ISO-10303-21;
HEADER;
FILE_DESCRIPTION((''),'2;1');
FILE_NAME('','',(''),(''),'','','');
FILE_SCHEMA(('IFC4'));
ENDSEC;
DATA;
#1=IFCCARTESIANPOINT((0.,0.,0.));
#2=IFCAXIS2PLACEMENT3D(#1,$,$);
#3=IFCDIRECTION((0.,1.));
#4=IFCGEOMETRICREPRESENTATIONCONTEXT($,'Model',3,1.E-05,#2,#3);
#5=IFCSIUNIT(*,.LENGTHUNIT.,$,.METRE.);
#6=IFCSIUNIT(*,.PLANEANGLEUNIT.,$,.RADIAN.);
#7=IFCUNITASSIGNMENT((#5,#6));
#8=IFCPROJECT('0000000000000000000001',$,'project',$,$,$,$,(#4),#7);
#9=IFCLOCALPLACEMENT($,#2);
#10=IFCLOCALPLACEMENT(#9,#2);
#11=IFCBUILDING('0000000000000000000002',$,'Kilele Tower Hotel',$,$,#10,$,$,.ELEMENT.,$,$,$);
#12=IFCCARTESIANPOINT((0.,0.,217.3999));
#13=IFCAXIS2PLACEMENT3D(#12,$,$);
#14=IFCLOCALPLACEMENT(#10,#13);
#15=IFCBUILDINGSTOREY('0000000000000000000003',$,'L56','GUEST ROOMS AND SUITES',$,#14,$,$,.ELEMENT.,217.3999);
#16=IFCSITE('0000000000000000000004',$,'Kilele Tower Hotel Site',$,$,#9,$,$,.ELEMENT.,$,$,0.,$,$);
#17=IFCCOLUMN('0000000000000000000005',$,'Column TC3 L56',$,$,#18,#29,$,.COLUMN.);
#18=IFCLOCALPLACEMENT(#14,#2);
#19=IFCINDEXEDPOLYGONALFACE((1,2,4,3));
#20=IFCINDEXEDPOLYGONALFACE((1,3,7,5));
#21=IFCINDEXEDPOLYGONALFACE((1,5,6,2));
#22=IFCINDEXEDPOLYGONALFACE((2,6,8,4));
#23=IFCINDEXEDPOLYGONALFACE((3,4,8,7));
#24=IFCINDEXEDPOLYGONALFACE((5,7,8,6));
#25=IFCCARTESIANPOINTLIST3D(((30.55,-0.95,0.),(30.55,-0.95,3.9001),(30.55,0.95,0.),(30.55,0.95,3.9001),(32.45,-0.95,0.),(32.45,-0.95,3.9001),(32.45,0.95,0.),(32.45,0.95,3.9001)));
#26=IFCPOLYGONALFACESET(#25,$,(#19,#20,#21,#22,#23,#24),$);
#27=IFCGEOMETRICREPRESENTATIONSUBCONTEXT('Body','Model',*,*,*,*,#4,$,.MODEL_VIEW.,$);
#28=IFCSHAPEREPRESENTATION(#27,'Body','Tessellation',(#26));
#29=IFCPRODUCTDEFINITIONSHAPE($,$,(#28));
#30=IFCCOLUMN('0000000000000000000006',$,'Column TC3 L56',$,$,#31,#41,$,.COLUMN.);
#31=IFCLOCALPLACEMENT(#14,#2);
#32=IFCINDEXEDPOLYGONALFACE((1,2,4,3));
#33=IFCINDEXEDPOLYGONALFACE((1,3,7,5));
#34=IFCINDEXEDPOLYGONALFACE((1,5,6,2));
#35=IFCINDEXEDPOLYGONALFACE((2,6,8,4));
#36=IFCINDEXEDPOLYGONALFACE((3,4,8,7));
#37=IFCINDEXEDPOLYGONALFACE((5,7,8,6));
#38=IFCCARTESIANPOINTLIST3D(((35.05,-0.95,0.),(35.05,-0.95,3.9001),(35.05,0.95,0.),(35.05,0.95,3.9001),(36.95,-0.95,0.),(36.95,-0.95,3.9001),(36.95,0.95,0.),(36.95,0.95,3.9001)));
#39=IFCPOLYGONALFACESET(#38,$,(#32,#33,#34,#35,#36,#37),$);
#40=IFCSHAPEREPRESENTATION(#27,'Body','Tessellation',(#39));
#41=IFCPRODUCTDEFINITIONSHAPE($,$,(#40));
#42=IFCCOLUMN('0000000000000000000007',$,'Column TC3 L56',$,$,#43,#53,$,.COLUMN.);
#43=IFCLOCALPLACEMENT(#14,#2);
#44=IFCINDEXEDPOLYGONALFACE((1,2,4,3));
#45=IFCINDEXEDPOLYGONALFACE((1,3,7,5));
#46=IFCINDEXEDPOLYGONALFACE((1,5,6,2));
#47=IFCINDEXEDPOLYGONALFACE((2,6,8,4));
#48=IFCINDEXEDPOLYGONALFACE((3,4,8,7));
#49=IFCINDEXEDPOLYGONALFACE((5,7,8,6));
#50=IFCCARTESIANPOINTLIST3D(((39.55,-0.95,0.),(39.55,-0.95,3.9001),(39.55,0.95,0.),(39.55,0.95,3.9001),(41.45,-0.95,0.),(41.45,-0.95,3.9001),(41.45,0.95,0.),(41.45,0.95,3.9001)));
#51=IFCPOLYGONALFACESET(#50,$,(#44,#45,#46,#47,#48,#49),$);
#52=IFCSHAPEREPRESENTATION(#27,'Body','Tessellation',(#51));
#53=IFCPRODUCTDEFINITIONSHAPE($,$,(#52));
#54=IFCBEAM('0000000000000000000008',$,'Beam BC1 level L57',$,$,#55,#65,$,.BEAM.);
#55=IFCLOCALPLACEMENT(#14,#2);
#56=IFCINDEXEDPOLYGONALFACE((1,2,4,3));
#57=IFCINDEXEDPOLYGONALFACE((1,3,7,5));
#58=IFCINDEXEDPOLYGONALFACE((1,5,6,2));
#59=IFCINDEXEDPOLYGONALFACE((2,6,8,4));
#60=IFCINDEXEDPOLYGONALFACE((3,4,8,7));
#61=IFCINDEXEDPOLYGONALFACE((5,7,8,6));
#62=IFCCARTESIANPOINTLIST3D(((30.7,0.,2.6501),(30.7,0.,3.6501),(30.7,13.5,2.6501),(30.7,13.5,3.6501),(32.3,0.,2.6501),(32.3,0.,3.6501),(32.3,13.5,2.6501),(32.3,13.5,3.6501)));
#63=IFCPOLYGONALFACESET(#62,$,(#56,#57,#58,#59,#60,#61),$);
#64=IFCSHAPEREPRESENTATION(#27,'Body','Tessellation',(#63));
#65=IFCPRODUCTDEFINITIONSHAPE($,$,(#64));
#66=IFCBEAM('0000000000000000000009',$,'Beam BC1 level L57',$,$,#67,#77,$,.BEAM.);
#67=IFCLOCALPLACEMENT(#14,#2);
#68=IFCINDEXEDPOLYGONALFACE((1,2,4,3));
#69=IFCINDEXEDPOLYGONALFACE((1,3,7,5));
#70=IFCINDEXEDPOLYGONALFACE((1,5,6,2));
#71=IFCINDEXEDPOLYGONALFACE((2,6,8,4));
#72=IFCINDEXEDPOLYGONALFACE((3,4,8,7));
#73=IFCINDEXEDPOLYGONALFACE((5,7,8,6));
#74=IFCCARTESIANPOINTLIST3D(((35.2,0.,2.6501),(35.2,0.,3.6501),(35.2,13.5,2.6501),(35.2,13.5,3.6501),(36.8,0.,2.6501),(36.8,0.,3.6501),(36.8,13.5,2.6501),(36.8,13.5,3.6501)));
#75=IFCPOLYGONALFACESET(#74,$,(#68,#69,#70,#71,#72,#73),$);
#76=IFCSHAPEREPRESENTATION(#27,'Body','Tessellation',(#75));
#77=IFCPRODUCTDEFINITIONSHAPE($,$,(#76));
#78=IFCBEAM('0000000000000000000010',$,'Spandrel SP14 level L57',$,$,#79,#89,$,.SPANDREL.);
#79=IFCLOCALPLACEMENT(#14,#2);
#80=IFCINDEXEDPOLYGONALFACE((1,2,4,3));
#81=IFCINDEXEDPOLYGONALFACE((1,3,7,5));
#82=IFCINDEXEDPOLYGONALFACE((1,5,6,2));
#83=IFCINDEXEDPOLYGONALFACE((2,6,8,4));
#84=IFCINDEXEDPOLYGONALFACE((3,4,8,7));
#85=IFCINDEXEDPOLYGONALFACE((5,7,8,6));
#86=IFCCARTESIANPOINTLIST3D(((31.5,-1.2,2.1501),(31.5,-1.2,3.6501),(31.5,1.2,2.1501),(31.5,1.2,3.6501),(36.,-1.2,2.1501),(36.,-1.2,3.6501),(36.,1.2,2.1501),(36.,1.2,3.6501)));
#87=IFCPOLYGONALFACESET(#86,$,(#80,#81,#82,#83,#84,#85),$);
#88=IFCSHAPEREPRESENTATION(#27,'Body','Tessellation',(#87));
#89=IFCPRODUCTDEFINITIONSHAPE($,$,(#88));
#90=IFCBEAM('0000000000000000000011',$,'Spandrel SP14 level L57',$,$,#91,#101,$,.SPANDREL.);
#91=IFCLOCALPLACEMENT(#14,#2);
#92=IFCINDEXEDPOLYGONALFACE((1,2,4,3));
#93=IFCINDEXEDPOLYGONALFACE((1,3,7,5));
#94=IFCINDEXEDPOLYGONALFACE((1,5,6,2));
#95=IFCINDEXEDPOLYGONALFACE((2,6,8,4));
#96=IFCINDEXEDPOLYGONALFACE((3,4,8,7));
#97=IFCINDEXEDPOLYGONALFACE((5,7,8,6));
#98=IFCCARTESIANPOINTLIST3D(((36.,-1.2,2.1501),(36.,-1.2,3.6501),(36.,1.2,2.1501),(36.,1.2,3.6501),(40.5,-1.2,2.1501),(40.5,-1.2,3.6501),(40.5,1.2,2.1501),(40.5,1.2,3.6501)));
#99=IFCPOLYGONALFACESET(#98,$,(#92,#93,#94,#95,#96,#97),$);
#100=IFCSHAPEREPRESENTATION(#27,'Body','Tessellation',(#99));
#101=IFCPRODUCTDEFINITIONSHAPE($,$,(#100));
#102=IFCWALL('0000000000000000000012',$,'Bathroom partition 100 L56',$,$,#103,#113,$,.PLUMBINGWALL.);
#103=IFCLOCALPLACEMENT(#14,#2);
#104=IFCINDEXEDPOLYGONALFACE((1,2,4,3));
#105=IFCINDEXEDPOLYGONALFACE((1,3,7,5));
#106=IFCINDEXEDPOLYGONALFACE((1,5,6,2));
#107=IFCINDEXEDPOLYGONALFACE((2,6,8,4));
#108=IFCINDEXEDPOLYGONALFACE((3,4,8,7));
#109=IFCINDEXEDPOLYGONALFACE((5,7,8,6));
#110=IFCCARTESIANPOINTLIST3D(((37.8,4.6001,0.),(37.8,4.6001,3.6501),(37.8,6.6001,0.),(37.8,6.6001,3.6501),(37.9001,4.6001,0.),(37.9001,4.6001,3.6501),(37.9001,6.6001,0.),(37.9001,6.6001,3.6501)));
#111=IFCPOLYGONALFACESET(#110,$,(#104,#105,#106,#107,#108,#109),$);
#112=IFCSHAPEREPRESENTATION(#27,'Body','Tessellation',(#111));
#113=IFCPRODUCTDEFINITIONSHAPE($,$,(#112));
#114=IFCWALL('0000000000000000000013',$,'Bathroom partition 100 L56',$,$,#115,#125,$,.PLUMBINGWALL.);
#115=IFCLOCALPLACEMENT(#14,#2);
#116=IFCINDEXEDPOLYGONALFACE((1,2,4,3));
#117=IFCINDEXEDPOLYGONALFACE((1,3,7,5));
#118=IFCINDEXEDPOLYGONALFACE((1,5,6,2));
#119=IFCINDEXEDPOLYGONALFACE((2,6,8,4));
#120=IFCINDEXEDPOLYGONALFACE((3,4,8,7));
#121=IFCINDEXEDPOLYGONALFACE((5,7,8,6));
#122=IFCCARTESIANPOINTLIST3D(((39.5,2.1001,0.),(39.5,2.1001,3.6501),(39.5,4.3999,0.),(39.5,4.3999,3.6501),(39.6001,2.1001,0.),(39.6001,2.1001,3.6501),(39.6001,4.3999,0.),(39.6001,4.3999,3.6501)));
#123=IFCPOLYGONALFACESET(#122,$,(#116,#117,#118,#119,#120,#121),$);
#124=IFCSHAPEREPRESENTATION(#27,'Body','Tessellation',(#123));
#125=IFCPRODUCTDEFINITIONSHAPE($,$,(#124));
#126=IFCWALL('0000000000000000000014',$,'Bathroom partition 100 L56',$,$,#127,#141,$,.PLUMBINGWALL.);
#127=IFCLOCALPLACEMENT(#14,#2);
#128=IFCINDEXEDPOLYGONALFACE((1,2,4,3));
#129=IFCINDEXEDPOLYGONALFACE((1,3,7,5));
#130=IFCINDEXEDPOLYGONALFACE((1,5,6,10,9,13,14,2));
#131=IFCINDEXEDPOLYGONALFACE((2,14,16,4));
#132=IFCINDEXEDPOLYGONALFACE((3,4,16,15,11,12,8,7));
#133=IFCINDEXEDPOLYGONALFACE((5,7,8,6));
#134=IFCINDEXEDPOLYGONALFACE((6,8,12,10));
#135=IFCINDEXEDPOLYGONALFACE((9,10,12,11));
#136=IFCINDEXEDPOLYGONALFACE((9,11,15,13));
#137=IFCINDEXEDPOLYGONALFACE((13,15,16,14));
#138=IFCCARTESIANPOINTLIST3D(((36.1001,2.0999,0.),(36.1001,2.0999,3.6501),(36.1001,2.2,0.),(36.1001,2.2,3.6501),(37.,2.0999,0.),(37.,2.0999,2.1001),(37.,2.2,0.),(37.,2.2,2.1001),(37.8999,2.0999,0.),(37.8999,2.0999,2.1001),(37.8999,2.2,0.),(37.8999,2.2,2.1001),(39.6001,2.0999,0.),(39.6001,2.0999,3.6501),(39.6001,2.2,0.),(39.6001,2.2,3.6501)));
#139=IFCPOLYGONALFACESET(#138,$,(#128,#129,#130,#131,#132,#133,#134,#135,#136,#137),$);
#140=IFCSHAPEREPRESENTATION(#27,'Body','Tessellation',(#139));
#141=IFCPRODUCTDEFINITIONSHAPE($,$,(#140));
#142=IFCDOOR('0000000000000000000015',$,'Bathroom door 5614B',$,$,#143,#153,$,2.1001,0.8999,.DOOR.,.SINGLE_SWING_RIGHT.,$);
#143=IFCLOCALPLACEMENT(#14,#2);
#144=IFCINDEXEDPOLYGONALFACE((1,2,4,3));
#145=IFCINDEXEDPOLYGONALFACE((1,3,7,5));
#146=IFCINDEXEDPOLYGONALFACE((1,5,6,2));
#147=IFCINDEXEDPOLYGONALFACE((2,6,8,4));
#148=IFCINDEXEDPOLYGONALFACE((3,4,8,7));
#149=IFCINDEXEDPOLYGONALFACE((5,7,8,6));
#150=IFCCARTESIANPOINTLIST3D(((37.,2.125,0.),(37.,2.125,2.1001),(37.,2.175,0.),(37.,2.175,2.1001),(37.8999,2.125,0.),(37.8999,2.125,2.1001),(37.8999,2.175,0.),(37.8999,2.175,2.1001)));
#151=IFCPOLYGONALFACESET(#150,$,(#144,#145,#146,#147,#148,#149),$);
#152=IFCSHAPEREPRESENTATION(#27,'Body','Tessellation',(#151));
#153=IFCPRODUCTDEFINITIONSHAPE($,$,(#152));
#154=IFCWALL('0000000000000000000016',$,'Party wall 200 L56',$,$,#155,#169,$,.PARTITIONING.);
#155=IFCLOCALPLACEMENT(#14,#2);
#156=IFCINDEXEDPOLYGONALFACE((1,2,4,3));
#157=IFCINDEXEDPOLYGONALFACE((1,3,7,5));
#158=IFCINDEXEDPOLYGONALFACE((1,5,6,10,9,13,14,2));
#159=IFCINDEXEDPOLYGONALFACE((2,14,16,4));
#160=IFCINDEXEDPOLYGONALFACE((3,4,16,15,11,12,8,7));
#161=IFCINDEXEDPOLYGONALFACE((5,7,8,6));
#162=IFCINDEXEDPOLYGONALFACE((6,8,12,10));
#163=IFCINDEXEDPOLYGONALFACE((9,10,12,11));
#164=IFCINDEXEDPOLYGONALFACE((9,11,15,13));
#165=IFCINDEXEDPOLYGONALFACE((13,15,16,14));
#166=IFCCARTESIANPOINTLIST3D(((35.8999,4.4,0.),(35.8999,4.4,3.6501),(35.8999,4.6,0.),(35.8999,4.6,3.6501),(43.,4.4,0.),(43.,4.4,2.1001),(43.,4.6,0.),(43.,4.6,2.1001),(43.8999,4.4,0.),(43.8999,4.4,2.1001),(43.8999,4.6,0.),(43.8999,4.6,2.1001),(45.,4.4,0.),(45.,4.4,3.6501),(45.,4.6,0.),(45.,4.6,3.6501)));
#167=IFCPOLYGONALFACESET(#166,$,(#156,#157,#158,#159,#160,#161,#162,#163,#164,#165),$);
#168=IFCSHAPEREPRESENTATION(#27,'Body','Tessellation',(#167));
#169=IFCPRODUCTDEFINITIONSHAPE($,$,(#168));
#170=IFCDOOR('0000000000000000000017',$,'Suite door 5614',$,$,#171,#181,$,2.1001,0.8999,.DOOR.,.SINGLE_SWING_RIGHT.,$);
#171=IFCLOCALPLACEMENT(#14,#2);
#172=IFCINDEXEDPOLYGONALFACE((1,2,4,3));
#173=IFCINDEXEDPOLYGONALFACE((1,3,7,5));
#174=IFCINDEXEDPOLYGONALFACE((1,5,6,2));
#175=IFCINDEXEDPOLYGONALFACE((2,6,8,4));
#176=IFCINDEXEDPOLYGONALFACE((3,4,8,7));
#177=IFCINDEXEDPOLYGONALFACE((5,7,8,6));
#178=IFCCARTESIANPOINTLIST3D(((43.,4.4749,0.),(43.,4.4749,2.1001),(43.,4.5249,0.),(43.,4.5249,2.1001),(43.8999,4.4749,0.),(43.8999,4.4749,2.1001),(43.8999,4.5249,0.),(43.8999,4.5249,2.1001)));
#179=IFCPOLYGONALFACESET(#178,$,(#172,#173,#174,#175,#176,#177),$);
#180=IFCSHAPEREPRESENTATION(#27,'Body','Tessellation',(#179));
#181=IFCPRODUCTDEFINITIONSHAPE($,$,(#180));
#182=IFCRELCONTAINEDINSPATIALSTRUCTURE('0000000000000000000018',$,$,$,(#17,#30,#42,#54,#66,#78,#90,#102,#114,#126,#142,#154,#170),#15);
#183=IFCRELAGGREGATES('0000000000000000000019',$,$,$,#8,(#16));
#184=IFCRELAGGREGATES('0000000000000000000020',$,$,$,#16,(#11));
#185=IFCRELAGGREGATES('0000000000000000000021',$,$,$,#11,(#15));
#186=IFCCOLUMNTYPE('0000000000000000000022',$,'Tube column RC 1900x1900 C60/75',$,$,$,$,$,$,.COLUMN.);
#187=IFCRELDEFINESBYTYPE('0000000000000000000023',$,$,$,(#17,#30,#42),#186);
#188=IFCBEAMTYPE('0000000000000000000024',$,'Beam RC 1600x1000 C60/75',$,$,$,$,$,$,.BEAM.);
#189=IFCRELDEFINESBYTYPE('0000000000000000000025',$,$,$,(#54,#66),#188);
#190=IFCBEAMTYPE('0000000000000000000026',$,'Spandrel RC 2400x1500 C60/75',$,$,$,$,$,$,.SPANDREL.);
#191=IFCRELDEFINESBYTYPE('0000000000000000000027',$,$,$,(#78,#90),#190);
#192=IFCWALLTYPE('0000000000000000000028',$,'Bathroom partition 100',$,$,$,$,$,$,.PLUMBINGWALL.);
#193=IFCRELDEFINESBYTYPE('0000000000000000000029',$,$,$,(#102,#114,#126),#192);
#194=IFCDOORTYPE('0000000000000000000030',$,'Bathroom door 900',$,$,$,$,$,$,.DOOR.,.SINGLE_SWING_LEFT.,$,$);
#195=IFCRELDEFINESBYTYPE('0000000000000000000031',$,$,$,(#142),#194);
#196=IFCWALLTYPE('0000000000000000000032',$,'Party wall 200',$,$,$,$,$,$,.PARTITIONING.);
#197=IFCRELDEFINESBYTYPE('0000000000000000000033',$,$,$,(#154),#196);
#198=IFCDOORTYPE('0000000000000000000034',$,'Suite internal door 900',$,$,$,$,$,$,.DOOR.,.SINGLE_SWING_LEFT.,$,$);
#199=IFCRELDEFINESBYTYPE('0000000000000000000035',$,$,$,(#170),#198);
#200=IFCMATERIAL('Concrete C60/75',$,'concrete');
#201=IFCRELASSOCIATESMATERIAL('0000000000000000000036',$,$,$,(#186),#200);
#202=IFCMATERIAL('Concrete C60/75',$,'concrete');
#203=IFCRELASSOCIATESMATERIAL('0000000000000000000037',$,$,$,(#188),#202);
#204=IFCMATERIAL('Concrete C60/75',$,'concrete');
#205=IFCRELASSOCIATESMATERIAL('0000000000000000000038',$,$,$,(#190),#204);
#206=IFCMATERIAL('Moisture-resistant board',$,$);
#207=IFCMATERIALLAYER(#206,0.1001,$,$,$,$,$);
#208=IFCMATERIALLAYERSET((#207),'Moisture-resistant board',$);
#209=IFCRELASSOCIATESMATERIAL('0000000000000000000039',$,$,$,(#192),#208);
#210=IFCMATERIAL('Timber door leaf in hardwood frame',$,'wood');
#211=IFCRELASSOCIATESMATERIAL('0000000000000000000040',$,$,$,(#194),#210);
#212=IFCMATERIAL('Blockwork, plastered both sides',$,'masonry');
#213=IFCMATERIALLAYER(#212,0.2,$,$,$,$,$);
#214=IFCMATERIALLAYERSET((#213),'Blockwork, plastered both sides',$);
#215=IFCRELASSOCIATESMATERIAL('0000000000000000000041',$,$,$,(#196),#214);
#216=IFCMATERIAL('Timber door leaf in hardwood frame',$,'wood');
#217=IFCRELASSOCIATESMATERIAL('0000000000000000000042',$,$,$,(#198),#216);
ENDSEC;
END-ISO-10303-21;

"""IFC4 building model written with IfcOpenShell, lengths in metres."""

from ifc_helpers import new_model, si_unit, direction, frame, frame_2d, origin, origin_2d, place, context, subcontext, project, spatial, rectangle, extrude, material, layer, layer_set, material_profile, profile_set, type_object, element, fill, save


model = new_model("IFC4")

# Units and contexts
model_context = context("Model", 3, precision=1e-05, world=origin(), true_north=direction((0.0, 1.0)))
body_context = subcontext(model_context, "Body", "Model", "MODEL_VIEW")
ifc_project = project(units=[si_unit("LENGTHUNIT", "METRE"), si_unit("PLANEANGLEUNIT", "RADIAN")], contexts=[model_context])

# Site, building, storey
site_placement = place(None, origin())
site = spatial("IfcSite", under=ifc_project, at=site_placement, Name="Kilele Tower Hotel Site", CompositionType="ELEMENT", RefElevation=0.0)
building_placement = place(site_placement, origin())
building = spatial("IfcBuilding", under=site, at=building_placement, Name="Kilele Tower Hotel", CompositionType="ELEMENT")
storey_placement = place(building_placement, frame((0.0, 0.0, 217.3999)))
storey = spatial("IfcBuildingStorey", under=building, at=storey_placement, Name="L56", Description="GUEST ROOMS AND SUITES", CompositionType="ELEMENT", Elevation=217.3999)

# Columns
ifc_material_1 = material(Name="Concrete C60/75", Category="concrete")
ifc_material_profile_1 = material_profile(ifc_material_1, rectangle(XDim=1.8999, YDim=1.8999, at=origin_2d()))
ifc_profile_set_1 = profile_set([ifc_material_profile_1], Name="Concrete C60/75")
column_type = type_object("IfcColumnType", Name="Tube column RC 1900x1900 C60/75", PredefinedType="COLUMN", material=ifc_profile_set_1)
for number, where, z_axis, x_axis, name in (
    (1, (31.5, 0.0, 0.0), (0.0, 0.0, 1.0), (1.0, 0.0, 0.0), "Column TC3 L56"),
    (2, (36.0, 0.0, 0.0), (0.0, 0.0, 1.0), (1.0, 0.0, 0.0), "Column TC3 L56"),
    (3, (40.5, 0.0, 0.0), (0.0, 0.0, 1.0), (1.0, 0.0, 0.0), "Column TC3 L56"),
):
    element("IfcColumn", number, at=place(storey_placement, frame(where, z_axis=z_axis, x_axis=x_axis)), inside=storey, type_object=column_type, Name=name, PredefinedType="COLUMN", context=body_context, shape_type="SweptSolid", body=[
        extrude(rectangle(XDim=1.8999, YDim=1.8999, at=origin_2d()), origin(), (0.0, 0.0, 1.0), 3.9001),
    ])

# Beams
ifc_material_2 = material(Name="Concrete C60/75", Category="concrete")
ifc_material_profile_2 = material_profile(ifc_material_2, rectangle(XDim=1.6001, YDim=1.0, at=origin_2d()))
ifc_profile_set_2 = profile_set([ifc_material_profile_2], Name="Concrete C60/75")
beam_type_1 = type_object("IfcBeamType", Name="Beam RC 1600x1000 C60/75", PredefinedType="BEAM", material=ifc_profile_set_2)
for number, where, z_axis, x_axis, name in (
    (4, (31.5, 0.0, 3.1501), (0.0, 1.0, 0.0), (-1.0, 0.0, 0.0), "Beam BC1 level L57"),
    (5, (36.0, 0.0, 3.1501), (0.0, 1.0, 0.0), (-1.0, 0.0, 0.0), "Beam BC1 level L57"),
):
    element("IfcBeam", number, at=place(storey_placement, frame(where, z_axis=z_axis, x_axis=x_axis)), inside=storey, type_object=beam_type_1, Name=name, PredefinedType="BEAM", context=body_context, shape_type="SweptSolid", body=[
        extrude(rectangle(XDim=1.6001, YDim=1.0, at=origin_2d()), origin(), (0.0, 0.0, 1.0), 13.5),
    ])
ifc_material_3 = material(Name="Concrete C60/75", Category="concrete")
ifc_material_profile_3 = material_profile(ifc_material_3, rectangle(XDim=2.3999, YDim=1.5, at=origin_2d()))
ifc_profile_set_3 = profile_set([ifc_material_profile_3], Name="Concrete C60/75")
beam_type_2 = type_object("IfcBeamType", Name="Spandrel RC 2400x1500 C60/75", PredefinedType="SPANDREL", material=ifc_profile_set_3)
for number, where, z_axis, x_axis, name in (
    (6, (31.5, 0.0, 2.9001), (1.0, 0.0, 0.0), (0.0, 1.0, 0.0), "Spandrel SP14 level L57"),
    (7, (36.0, 0.0, 2.9001), (1.0, 0.0, 0.0), (0.0, 1.0, 0.0), "Spandrel SP14 level L57"),
):
    element("IfcBeam", number, at=place(storey_placement, frame(where, z_axis=z_axis, x_axis=x_axis)), inside=storey, type_object=beam_type_2, Name=name, PredefinedType="SPANDREL", context=body_context, shape_type="SweptSolid", body=[
        extrude(rectangle(XDim=2.3999, YDim=1.5, at=origin_2d()), origin(), (0.0, 0.0, 1.0), 4.5),
    ])

# Walls
ifc_material_4 = material(Name="Moisture-resistant board")
ifc_layer_1 = layer(ifc_material_4, 0.1001)
ifc_layer_set_1 = layer_set([ifc_layer_1], Name="Moisture-resistant board")
wall_type_1 = type_object("IfcWallType", Name="Bathroom partition 100", PredefinedType="PLUMBINGWALL", material=ifc_layer_set_1)
wall_1_placement = place(storey_placement, frame((37.8501, 4.6001, 0.0), z_axis=(0.0, 0.0, 1.0), x_axis=(0.0, 1.0, 0.0)))
element("IfcWall", 8, at=wall_1_placement, inside=storey, type_object=wall_type_1, Name="Bathroom partition 100 L56", PredefinedType="PLUMBINGWALL", context=body_context, shape_type="SweptSolid", body=[
    extrude(rectangle(XDim=2.0, YDim=0.1001, at=frame_2d((1.0, 0.0))), origin(), (0.0, 0.0, 1.0), 3.6501),
])
wall_2_placement = place(storey_placement, frame((39.55, 4.3999, 0.0), z_axis=(0.0, 0.0, 1.0), x_axis=(0.0, -1.0, 0.0)))
element("IfcWall", 9, at=wall_2_placement, inside=storey, type_object=wall_type_1, Name="Bathroom partition 100 L56", PredefinedType="PLUMBINGWALL", context=body_context, shape_type="SweptSolid", body=[
    extrude(rectangle(XDim=2.2998, YDim=0.1001, at=frame_2d((1.1499, 0.0))), origin(), (0.0, 0.0, 1.0), 3.6501),
])

# Walls, openings, doors
wall_3_placement = place(storey_placement, frame((36.1001, 2.1499, 0.0), z_axis=(0.0, 0.0, 1.0), x_axis=(1.0, 0.0, 0.0)))
wall_3 = element("IfcWall", 10, at=wall_3_placement, inside=storey, type_object=wall_type_1, Name="Bathroom partition 100 L56", PredefinedType="PLUMBINGWALL", context=body_context, shape_type="SweptSolid", body=[
    extrude(rectangle(XDim=3.5, YDim=0.1001, at=frame_2d((1.75, 0.0))), origin(), (0.0, 0.0, 1.0), 3.6501),
])
opening_1_placement = place(wall_3_placement, frame((1.7998, 0.0, 0.0), z_axis=(0.0, 0.0, 1.0), x_axis=(-1.0, 0.0, 0.0)))
opening_1 = element("IfcOpeningElement", 11, at=opening_1_placement, cuts=wall_3, PredefinedType="OPENING", context=body_context, shape_type="SweptSolid", body=[
    extrude(rectangle(XDim=0.8999, YDim=2.1001, at=frame_2d((0.45, 1.05))), frame((0.0, 0.0601, 0.0), z_axis=(0.0, -1.0, 0.0), x_axis=(1.0, 0.0, 0.0)), (0.0, 0.0, 1.0), 0.1201),
])
ifc_material_5 = material(Name="Timber door leaf in hardwood frame", Category="wood")
door_type_1 = type_object("IfcDoorType", Name="Bathroom door 900", OperationType="SINGLE_SWING_LEFT", PredefinedType="DOOR", material=ifc_material_5)
door_1_placement = place(opening_1_placement, origin())
door_1 = element("IfcDoor", 12, at=door_1_placement, inside=storey, type_object=door_type_1, Name="Bathroom door 5614B", OperationType="SINGLE_SWING_RIGHT", OverallHeight=2.1001, OverallWidth=0.8999, PredefinedType="DOOR", context=body_context, shape_type="SweptSolid", body=[
    extrude(rectangle(XDim=0.8999, YDim=2.1001, at=frame_2d((0.45, 1.05))), frame((0.0, 0.0249, 0.0), z_axis=(0.0, -1.0, 0.0), x_axis=(1.0, 0.0, 0.0)), (0.0, 0.0, 1.0), 0.05),
])
fill(opening_1, door_1)
ifc_material_6 = material(Name="Blockwork, plastered both sides", Category="masonry")
ifc_layer_2 = layer(ifc_material_6, 0.2)
ifc_layer_set_2 = layer_set([ifc_layer_2], Name="Blockwork, plastered both sides")
wall_type_2 = type_object("IfcWallType", Name="Party wall 200", PredefinedType="PARTITIONING", material=ifc_layer_set_2)
wall_4_placement = place(storey_placement, frame((35.8999, 4.5, 0.0), z_axis=(0.0, 0.0, 1.0), x_axis=(1.0, 0.0, 0.0)))
wall_4 = element("IfcWall", 13, at=wall_4_placement, inside=storey, type_object=wall_type_2, Name="Party wall 200 L56", PredefinedType="PARTITIONING", context=body_context, shape_type="SweptSolid", body=[
    extrude(rectangle(XDim=9.1001, YDim=0.2, at=frame_2d((4.55, 0.0))), origin(), (0.0, 0.0, 1.0), 3.6501),
])
opening_2_placement = place(wall_4_placement, frame((7.1001, 0.0, 0.0)))
opening_2 = element("IfcOpeningElement", 14, at=opening_2_placement, cuts=wall_4, PredefinedType="OPENING", context=body_context, shape_type="SweptSolid", body=[
    extrude(rectangle(XDim=0.8999, YDim=2.1001, at=frame_2d((0.45, 1.05))), frame((0.0, 0.1099, 0.0), z_axis=(0.0, -1.0, 0.0), x_axis=(1.0, 0.0, 0.0)), (0.0, 0.0, 1.0), 0.22),
])
ifc_material_7 = material(Name="Timber door leaf in hardwood frame", Category="wood")
door_type_2 = type_object("IfcDoorType", Name="Suite internal door 900", OperationType="SINGLE_SWING_LEFT", PredefinedType="DOOR", material=ifc_material_7)
door_2_placement = place(opening_2_placement, origin())
door_2 = element("IfcDoor", 15, at=door_2_placement, inside=storey, type_object=door_type_2, Name="Suite door 5614", OperationType="SINGLE_SWING_RIGHT", OverallHeight=2.1001, OverallWidth=0.8999, PredefinedType="DOOR", context=body_context, shape_type="SweptSolid", body=[
    extrude(rectangle(XDim=0.8999, YDim=2.1001, at=frame_2d((0.45, 1.05))), frame((0.0, 0.0249, 0.0), z_axis=(0.0, -1.0, 0.0), x_axis=(1.0, 0.0, 0.0)), (0.0, 0.0, 1.0), 0.05),
])
fill(opening_2, door_2)

save(model, "model.ifc")
